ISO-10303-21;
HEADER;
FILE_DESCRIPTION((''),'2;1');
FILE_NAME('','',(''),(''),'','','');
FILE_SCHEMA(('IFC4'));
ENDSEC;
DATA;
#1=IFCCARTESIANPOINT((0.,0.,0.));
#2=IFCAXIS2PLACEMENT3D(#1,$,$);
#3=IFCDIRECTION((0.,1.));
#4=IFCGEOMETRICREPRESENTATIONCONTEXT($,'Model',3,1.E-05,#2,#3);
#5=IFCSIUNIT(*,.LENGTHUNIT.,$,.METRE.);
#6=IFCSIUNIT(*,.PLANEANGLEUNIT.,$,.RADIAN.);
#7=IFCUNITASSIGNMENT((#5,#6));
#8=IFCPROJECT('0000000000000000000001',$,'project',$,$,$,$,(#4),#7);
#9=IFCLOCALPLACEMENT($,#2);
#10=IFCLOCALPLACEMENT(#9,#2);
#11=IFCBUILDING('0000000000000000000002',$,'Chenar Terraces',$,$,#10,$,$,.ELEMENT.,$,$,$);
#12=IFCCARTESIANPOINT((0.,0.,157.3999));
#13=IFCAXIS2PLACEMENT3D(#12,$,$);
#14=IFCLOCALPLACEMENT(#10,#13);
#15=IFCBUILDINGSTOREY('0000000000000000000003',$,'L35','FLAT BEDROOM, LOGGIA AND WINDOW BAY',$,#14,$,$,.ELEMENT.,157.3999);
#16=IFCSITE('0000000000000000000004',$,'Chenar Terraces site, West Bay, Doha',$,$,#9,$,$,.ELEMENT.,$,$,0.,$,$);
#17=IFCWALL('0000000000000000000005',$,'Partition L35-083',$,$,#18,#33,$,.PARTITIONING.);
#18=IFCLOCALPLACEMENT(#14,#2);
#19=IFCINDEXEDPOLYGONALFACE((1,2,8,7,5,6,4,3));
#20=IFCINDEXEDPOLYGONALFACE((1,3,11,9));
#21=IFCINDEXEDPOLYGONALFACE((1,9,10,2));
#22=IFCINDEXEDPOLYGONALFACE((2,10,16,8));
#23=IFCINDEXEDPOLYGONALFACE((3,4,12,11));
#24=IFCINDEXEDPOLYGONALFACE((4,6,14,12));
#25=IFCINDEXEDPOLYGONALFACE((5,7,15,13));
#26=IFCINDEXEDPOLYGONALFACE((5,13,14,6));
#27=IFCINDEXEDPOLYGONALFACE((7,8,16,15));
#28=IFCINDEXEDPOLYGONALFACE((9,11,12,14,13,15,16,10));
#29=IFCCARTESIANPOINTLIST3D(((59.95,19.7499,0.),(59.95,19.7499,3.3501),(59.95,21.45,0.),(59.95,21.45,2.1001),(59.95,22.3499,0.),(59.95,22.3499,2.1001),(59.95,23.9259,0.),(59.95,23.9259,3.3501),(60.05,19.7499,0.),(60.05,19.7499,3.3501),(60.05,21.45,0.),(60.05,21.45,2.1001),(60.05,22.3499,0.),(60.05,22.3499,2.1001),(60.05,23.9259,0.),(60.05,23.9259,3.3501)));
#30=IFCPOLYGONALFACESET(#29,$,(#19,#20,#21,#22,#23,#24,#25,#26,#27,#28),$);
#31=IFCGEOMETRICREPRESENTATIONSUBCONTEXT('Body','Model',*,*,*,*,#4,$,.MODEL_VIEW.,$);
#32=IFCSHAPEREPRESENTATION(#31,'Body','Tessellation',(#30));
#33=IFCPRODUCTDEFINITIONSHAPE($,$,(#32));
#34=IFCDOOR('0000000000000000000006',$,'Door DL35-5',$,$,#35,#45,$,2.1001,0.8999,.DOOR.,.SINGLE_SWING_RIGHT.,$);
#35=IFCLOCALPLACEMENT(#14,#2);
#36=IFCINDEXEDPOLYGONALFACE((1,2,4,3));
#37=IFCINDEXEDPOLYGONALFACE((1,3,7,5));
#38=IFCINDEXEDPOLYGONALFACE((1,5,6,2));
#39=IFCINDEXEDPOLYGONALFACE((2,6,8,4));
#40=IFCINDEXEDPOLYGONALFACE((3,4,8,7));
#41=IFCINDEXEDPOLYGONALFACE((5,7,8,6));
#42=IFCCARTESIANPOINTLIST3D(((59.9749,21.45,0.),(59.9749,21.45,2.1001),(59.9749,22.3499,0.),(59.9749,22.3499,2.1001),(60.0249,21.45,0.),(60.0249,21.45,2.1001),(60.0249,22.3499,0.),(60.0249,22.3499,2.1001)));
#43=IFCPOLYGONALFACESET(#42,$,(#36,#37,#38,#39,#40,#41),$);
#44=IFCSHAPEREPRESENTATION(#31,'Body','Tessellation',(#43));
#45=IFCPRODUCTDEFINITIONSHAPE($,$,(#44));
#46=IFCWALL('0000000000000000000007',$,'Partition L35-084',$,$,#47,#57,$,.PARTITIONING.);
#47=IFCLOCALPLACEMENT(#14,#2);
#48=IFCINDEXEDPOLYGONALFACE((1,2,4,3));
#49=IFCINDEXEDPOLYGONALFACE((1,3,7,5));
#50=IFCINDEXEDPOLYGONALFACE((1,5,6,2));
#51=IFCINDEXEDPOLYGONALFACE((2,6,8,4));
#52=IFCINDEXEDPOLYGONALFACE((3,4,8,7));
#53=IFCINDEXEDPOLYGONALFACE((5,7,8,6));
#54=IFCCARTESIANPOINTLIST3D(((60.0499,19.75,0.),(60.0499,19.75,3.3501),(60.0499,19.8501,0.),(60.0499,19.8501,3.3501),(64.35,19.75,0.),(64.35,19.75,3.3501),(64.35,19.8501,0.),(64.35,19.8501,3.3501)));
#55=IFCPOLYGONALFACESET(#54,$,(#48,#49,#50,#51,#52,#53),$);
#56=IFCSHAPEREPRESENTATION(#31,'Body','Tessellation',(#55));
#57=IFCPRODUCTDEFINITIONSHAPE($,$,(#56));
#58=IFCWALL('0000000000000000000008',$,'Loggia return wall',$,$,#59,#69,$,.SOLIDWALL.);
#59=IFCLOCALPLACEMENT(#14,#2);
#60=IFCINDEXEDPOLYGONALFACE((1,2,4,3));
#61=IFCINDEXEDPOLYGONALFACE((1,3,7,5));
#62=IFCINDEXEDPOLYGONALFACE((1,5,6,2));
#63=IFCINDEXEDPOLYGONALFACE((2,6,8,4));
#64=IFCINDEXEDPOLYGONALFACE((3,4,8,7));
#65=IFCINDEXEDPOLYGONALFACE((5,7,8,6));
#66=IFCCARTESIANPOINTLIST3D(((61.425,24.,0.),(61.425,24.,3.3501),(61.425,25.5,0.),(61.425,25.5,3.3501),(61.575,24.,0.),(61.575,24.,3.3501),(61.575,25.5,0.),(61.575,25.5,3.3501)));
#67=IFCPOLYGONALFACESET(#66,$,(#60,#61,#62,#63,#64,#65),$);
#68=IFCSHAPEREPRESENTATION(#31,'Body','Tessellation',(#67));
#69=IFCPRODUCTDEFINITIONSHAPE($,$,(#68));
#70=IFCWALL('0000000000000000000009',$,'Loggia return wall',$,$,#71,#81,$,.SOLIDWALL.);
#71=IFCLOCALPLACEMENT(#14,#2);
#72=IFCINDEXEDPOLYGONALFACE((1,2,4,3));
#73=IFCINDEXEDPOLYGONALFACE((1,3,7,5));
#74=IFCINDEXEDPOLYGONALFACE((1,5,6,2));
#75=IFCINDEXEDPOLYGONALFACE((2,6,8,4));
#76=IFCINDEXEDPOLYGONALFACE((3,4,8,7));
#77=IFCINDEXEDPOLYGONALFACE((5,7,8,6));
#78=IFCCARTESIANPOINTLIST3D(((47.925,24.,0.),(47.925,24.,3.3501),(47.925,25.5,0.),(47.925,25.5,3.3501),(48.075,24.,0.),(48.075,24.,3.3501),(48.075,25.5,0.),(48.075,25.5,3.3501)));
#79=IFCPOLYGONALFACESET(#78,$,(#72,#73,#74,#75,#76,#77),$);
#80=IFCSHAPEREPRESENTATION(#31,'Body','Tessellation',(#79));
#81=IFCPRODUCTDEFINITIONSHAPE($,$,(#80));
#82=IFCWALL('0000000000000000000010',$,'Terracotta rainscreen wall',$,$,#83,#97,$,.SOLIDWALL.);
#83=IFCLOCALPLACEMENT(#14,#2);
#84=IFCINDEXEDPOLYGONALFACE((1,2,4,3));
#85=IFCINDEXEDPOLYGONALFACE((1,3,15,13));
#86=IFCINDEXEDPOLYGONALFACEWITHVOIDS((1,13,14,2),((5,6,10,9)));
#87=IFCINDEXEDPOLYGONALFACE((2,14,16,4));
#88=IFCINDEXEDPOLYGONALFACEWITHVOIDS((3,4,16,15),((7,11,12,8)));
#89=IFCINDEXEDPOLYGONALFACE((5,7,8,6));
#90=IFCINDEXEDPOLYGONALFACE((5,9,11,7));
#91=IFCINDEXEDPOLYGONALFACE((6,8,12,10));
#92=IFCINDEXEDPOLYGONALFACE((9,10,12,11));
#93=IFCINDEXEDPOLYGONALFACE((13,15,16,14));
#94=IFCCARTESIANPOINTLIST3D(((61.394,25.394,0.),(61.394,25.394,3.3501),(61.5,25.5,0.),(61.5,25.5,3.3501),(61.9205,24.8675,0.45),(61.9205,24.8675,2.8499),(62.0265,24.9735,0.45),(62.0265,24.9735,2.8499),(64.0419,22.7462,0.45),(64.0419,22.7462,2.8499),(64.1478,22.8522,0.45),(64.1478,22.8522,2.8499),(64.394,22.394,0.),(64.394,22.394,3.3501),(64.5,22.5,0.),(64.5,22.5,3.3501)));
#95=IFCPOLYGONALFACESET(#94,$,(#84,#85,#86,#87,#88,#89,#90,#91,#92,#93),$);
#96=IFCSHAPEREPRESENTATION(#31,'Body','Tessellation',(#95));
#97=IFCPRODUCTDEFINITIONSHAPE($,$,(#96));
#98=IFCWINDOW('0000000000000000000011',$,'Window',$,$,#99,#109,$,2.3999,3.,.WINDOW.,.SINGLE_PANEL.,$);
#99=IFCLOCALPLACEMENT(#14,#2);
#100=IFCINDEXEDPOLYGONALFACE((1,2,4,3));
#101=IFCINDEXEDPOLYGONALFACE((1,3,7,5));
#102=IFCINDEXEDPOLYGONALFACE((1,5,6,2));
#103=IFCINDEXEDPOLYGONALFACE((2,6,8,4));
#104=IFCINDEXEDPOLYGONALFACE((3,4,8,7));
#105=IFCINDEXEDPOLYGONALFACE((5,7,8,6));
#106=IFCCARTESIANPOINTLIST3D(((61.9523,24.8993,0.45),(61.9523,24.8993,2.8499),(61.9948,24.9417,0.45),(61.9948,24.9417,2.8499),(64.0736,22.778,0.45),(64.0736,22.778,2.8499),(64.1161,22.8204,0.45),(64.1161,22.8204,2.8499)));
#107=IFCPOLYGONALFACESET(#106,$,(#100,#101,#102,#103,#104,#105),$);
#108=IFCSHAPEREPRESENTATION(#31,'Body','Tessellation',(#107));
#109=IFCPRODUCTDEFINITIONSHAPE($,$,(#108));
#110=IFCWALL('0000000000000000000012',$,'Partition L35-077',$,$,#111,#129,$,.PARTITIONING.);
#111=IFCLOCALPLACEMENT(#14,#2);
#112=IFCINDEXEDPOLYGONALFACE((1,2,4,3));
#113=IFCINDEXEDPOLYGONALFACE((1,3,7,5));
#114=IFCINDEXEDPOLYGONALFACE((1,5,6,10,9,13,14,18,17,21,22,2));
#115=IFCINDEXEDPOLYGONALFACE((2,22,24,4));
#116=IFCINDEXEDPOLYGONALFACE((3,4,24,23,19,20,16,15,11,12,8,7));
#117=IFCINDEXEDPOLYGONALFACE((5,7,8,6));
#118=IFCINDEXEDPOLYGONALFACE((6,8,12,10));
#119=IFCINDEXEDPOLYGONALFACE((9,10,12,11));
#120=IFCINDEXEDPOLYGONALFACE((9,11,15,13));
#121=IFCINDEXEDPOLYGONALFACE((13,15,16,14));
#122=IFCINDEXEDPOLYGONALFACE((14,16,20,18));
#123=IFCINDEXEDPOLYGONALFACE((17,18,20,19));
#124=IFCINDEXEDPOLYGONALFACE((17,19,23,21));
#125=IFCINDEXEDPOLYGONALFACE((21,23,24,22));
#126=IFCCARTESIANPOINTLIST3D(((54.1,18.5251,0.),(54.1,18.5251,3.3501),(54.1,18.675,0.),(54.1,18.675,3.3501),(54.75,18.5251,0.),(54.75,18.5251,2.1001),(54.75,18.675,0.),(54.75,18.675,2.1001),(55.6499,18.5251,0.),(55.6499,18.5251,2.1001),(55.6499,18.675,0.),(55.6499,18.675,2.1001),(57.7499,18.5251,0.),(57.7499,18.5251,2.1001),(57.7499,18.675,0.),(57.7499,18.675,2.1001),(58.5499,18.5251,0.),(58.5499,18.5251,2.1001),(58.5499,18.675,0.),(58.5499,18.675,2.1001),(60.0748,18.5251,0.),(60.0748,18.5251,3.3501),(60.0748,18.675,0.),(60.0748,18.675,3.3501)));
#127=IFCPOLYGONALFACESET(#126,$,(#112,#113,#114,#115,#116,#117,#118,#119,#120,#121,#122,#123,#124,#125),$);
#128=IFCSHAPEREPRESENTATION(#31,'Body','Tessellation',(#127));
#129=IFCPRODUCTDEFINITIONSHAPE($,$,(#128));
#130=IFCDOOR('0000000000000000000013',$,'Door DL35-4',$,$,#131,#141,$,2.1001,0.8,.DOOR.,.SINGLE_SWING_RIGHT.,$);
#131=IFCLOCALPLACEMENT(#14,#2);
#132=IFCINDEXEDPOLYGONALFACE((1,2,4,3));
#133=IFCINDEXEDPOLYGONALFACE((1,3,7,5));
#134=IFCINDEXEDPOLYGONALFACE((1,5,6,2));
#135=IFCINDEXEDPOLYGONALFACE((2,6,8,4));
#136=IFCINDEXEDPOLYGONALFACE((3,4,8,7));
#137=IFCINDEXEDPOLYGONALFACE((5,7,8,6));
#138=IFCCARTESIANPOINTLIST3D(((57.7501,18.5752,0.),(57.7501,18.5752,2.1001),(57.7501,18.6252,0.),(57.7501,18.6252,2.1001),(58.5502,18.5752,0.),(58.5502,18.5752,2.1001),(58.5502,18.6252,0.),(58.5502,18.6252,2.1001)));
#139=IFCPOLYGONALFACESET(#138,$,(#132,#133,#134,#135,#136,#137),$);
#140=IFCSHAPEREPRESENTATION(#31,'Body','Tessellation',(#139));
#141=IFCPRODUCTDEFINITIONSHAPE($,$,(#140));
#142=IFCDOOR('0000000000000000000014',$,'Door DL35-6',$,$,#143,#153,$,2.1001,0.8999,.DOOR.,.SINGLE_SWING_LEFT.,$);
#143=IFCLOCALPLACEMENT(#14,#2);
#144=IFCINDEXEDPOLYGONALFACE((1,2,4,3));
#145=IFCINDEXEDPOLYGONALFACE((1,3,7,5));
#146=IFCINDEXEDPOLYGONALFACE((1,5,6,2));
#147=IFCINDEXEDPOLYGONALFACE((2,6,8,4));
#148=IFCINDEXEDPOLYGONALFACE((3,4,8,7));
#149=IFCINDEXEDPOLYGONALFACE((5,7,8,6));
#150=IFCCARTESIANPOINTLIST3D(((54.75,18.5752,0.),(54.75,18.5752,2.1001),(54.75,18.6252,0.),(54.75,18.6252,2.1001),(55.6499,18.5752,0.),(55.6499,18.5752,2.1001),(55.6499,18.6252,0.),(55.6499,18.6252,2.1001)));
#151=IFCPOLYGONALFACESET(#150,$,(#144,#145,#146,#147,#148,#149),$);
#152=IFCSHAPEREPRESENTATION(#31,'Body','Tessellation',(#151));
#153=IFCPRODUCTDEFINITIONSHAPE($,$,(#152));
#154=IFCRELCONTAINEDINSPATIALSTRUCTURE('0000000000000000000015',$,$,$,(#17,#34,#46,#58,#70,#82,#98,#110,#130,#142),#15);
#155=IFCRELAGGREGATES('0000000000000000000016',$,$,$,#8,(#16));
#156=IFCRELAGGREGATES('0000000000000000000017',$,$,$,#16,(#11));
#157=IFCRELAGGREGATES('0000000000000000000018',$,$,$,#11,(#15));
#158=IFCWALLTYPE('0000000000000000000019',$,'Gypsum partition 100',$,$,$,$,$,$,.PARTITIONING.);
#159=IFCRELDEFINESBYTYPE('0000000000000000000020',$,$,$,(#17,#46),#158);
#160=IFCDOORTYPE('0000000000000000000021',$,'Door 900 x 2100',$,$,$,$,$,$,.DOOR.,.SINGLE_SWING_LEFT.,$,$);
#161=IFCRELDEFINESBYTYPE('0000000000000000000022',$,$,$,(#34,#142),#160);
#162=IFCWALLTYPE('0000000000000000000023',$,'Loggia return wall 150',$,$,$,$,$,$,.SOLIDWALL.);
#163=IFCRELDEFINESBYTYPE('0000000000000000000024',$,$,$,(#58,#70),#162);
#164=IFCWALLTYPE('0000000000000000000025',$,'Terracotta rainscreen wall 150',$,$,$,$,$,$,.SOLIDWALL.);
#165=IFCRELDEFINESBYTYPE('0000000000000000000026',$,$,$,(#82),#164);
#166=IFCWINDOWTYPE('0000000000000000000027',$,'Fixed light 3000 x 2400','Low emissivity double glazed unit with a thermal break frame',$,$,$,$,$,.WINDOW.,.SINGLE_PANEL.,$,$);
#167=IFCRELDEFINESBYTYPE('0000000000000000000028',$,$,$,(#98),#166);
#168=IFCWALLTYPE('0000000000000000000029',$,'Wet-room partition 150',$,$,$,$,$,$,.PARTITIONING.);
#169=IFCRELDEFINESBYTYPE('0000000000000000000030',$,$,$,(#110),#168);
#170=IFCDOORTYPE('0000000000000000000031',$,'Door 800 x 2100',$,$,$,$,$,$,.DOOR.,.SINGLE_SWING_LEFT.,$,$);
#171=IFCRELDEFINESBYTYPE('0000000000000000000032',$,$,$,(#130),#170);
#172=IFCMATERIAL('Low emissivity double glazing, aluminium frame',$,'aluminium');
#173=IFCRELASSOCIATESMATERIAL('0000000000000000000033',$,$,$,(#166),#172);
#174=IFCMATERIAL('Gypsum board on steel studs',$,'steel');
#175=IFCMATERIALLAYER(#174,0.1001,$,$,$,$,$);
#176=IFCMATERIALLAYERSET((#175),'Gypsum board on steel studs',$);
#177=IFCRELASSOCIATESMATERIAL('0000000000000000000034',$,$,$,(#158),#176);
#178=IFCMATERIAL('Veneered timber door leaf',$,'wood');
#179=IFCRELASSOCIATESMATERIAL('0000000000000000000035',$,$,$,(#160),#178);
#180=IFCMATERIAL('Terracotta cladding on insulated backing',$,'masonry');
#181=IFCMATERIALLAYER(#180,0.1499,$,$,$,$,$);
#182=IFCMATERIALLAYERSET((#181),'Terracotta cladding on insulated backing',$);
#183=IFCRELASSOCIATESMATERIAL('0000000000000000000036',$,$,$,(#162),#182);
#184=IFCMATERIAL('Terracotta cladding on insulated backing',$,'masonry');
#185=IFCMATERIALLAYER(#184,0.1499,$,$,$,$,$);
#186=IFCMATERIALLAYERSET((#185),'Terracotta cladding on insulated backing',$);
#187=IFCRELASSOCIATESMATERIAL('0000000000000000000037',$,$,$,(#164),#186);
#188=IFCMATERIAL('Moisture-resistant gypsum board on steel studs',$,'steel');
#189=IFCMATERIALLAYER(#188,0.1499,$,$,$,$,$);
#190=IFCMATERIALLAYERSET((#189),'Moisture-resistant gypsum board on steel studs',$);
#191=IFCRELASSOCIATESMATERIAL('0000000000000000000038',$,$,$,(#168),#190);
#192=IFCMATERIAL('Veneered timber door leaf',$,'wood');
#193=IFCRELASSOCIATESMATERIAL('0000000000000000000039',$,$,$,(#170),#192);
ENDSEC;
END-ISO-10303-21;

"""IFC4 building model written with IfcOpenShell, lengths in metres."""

from ifc_helpers import new_model, si_unit, direction, frame, frame_2d, origin, place, context, subcontext, project, spatial, rectangle, extrude, material, layer, layer_set, type_object, element, fill, save


model = new_model("IFC4")

# Units and contexts
model_context = context("Model", 3, precision=1e-05, world=origin(), true_north=direction((0.0, 1.0)))
body_context = subcontext(model_context, "Body", "Model", "MODEL_VIEW")
ifc_project = project(units=[si_unit("LENGTHUNIT", "METRE"), si_unit("PLANEANGLEUNIT", "RADIAN")], contexts=[model_context])

# Site, building, storey
site_placement = place(None, origin())
site = spatial("IfcSite", under=ifc_project, at=site_placement, Name="Chenar Terraces site, West Bay, Doha", CompositionType="ELEMENT", RefElevation=0.0)
building_placement = place(site_placement, origin())
building = spatial("IfcBuilding", under=site, at=building_placement, Name="Chenar Terraces", CompositionType="ELEMENT")
storey_placement = place(building_placement, frame((0.0, 0.0, 157.3999)))
storey = spatial("IfcBuildingStorey", under=building, at=storey_placement, Name="L35", Description="FLAT BEDROOM, LOGGIA AND WINDOW BAY", CompositionType="ELEMENT", Elevation=157.3999)

# Shared definitions
ifc_material_1 = material(Name="Low emissivity double glazing, aluminium frame", Category="aluminium")
window_type_1 = type_object("IfcWindowType", Name="Fixed light 3000 x 2400", Description="Low emissivity double glazed unit with a thermal break frame", PartitioningType="SINGLE_PANEL", PredefinedType="WINDOW", material=ifc_material_1)

# Wall, opening, door
ifc_material_2 = material(Name="Gypsum board on steel studs", Category="steel")
ifc_layer_1 = layer(ifc_material_2, 0.1001)
ifc_layer_set_1 = layer_set([ifc_layer_1], Name="Gypsum board on steel studs")
wall_type_1 = type_object("IfcWallType", Name="Gypsum partition 100", PredefinedType="PARTITIONING", material=ifc_layer_set_1)
wall_1_placement = place(storey_placement, frame((60.0, 19.75, 0.0), z_axis=(0.0, 0.0, 1.0), x_axis=(0.0, 1.0, 0.0)))
wall_1 = element("IfcWall", 1, at=wall_1_placement, inside=storey, type_object=wall_type_1, Name="Partition L35-083", PredefinedType="PARTITIONING", context=body_context, shape_type="SweptSolid", body=[
    extrude(rectangle(XDim=4.176, YDim=0.1001, at=frame_2d((2.0879, 0.0))), origin(), (0.0, 0.0, 1.0), 3.3501),
])
opening_1_placement = place(wall_1_placement, frame((1.7, 0.0, 0.0)))
opening_1 = element("IfcOpeningElement", 2, at=opening_1_placement, cuts=wall_1, PredefinedType="OPENING", context=body_context, shape_type="SweptSolid", body=[
    extrude(rectangle(XDim=0.8999, YDim=2.1001, at=frame_2d((0.45, 1.05))), frame((0.0, 0.0601, 0.0), z_axis=(0.0, -1.0, 0.0), x_axis=(1.0, 0.0, 0.0)), (0.0, 0.0, 1.0), 0.1201),
])
ifc_material_3 = material(Name="Veneered timber door leaf", Category="wood")
door_type_1 = type_object("IfcDoorType", Name="Door 900 x 2100", OperationType="SINGLE_SWING_LEFT", PredefinedType="DOOR", material=ifc_material_3)
door_1_placement = place(opening_1_placement, frame((0.8999, 0.0, 0.0), z_axis=(0.0, 0.0, 1.0), x_axis=(-1.0, 0.0, 0.0)))
door_1 = element("IfcDoor", 3, at=door_1_placement, inside=storey, type_object=door_type_1, Name="Door DL35-5", OperationType="SINGLE_SWING_RIGHT", OverallHeight=2.1001, OverallWidth=0.8999, PredefinedType="DOOR", context=body_context, shape_type="SweptSolid", body=[
    extrude(rectangle(XDim=0.8999, YDim=2.1001, at=frame_2d((0.45, 1.05))), frame((0.0, 0.0249, 0.0), z_axis=(0.0, -1.0, 0.0), x_axis=(1.0, 0.0, 0.0)), (0.0, 0.0, 1.0), 0.05),
])
fill(opening_1, door_1)

# Walls
wall_2_placement = place(storey_placement, frame((60.05, 19.8, 0.0), z_axis=(0.0, 0.0, 1.0), x_axis=(1.0, 0.0, 0.0)))
element("IfcWall", 4, at=wall_2_placement, inside=storey, type_object=wall_type_1, Name="Partition L35-084", PredefinedType="PARTITIONING", context=body_context, shape_type="SweptSolid", body=[
    extrude(rectangle(XDim=4.3, YDim=0.1001, at=frame_2d((2.1499, 0.0))), origin(), (0.0, 0.0, 1.0), 3.3501),
])
ifc_material_4 = material(Name="Terracotta cladding on insulated backing", Category="masonry")
ifc_layer_2 = layer(ifc_material_4, 0.1499)
ifc_layer_set_2 = layer_set([ifc_layer_2], Name="Terracotta cladding on insulated backing")
wall_type_2 = type_object("IfcWallType", Name="Loggia return wall 150", PredefinedType="SOLIDWALL", material=ifc_layer_set_2)
for number, where, z_axis, x_axis, name in (
    (5, (61.5, 25.5, 0.0), (0.0, 0.0, 1.0), (0.0, -1.0, 0.0), "Loggia return wall"),
    (6, (48.0, 25.5, 0.0), (0.0, 0.0, 1.0), (0.0, -1.0, 0.0), "Loggia return wall"),
):
    element("IfcWall", number, at=place(storey_placement, frame(where, z_axis=z_axis, x_axis=x_axis)), inside=storey, type_object=wall_type_2, Name=name, PredefinedType="SOLIDWALL", context=body_context, shape_type="SweptSolid", body=[
        extrude(rectangle(XDim=1.5, YDim=0.1499, at=frame_2d((0.75, 0.0))), origin(), (0.0, 0.0, 1.0), 3.3501),
    ])

# Wall, opening, window
ifc_material_5 = material(Name="Terracotta cladding on insulated backing", Category="masonry")
ifc_layer_3 = layer(ifc_material_5, 0.1499)
ifc_layer_set_3 = layer_set([ifc_layer_3], Name="Terracotta cladding on insulated backing")
wall_type_3 = type_object("IfcWallType", Name="Terracotta rainscreen wall 150", PredefinedType="SOLIDWALL", material=ifc_layer_set_3)
wall_3_placement = place(storey_placement, frame((64.447, 22.447, 0.0), z_axis=(0.0, 0.0, 1.0), x_axis=(-0.707107, 0.707107, 0.0)))
wall_3 = element("IfcWall", 7, at=wall_3_placement, inside=storey, type_object=wall_type_3, Name="Terracotta rainscreen wall", PredefinedType="SOLIDWALL", context=body_context, shape_type="SweptSolid", body=[
    extrude(rectangle(XDim=4.2427, YDim=0.1499, at=frame_2d((2.1213, 0.0))), origin(), (0.0, 0.0, 1.0), 3.3501),
])
opening_2_placement = place(wall_3_placement, frame((0.498, 0.0, 0.45)))
opening_2 = element("IfcOpeningElement", 8, at=opening_2_placement, cuts=wall_3, PredefinedType="OPENING", context=body_context, shape_type="SweptSolid", body=[
    extrude(rectangle(XDim=3.0, YDim=2.3999, at=frame_2d((1.5, 1.2))), frame((0.0, 0.085, 0.0), z_axis=(0.0, -1.0, 0.0), x_axis=(1.0, 0.0, 0.0)), (0.0, 0.0, 1.0), 0.1699),
])
window_1_placement = place(opening_2_placement, origin())
window_1 = element("IfcWindow", 9, at=window_1_placement, inside=storey, type_object=window_type_1, Name="Window", OverallHeight=2.3999, OverallWidth=3.0, PartitioningType="SINGLE_PANEL", PredefinedType="WINDOW", context=body_context, shape_type="SweptSolid", body=[
    extrude(rectangle(XDim=3.0, YDim=2.3999, at=frame_2d((1.5, 1.2))), frame((0.0, 0.03, 0.0), z_axis=(0.0, -1.0, 0.0), x_axis=(1.0, 0.0, 0.0)), (0.0, 0.0, 1.0), 0.0601),
])
fill(opening_2, window_1)

# Wall, openings, doors
ifc_material_6 = material(Name="Moisture-resistant gypsum board on steel studs", Category="steel")
ifc_layer_4 = layer(ifc_material_6, 0.1499)
ifc_layer_set_4 = layer_set([ifc_layer_4], Name="Moisture-resistant gypsum board on steel studs")
wall_type_4 = type_object("IfcWallType", Name="Wet-room partition 150", PredefinedType="PARTITIONING", material=ifc_layer_set_4)
wall_4_placement = place(storey_placement, frame((54.1001, 18.6001, 0.0), z_axis=(0.0, 0.0, 1.0), x_axis=(1.0, 0.0, 0.0)))
wall_4 = element("IfcWall", 10, at=wall_4_placement, inside=storey, type_object=wall_type_4, Name="Partition L35-077", PredefinedType="PARTITIONING", context=body_context, shape_type="SweptSolid", body=[
    extrude(rectangle(XDim=5.9749, YDim=0.1499, at=frame_2d((2.9873, 0.0))), origin(), (0.0, 0.0, 1.0), 3.3501),
])
opening_3_placement = place(wall_4_placement, frame((3.6499, 0.0, 0.0)))
opening_3 = element("IfcOpeningElement", 11, at=opening_3_placement, cuts=wall_4, PredefinedType="OPENING", context=body_context, shape_type="SweptSolid", body=[
    extrude(rectangle(XDim=0.8, YDim=2.1001, at=frame_2d((0.3999, 1.05))), frame((0.0, 0.085, 0.0), z_axis=(0.0, -1.0, 0.0), x_axis=(1.0, 0.0, 0.0)), (0.0, 0.0, 1.0), 0.1699),
])
opening_4_placement = place(wall_4_placement, frame((0.6499, 0.0, 0.0)))
opening_4 = element("IfcOpeningElement", 12, at=opening_4_placement, cuts=wall_4, PredefinedType="OPENING", context=body_context, shape_type="SweptSolid", body=[
    extrude(rectangle(XDim=0.8999, YDim=2.1001, at=frame_2d((0.45, 1.05))), frame((0.0, 0.085, 0.0), z_axis=(0.0, -1.0, 0.0), x_axis=(1.0, 0.0, 0.0)), (0.0, 0.0, 1.0), 0.1699),
])
ifc_material_7 = material(Name="Veneered timber door leaf", Category="wood")
door_type_2 = type_object("IfcDoorType", Name="Door 800 x 2100", OperationType="SINGLE_SWING_LEFT", PredefinedType="DOOR", material=ifc_material_7)
door_2_placement = place(opening_3_placement, frame((0.8, 0.0, 0.0), z_axis=(0.0, 0.0, 1.0), x_axis=(-1.0, 0.0, 0.0)))
door_2 = element("IfcDoor", 13, at=door_2_placement, inside=storey, type_object=door_type_2, Name="Door DL35-4", OperationType="SINGLE_SWING_RIGHT", OverallHeight=2.1001, OverallWidth=0.8, PredefinedType="DOOR", context=body_context, shape_type="SweptSolid", body=[
    extrude(rectangle(XDim=0.8, YDim=2.1001, at=frame_2d((0.3999, 1.05))), frame((0.0, 0.0249, 0.0), z_axis=(0.0, -1.0, 0.0), x_axis=(1.0, 0.0, 0.0)), (0.0, 0.0, 1.0), 0.05),
])
fill(opening_3, door_2)
door_3_placement = place(opening_4_placement, frame((0.8999, 0.0, 0.0), z_axis=(0.0, 0.0, 1.0), x_axis=(-1.0, 0.0, 0.0)))
door_3 = element("IfcDoor", 14, at=door_3_placement, inside=storey, type_object=door_type_1, Name="Door DL35-6", OperationType="SINGLE_SWING_LEFT", OverallHeight=2.1001, OverallWidth=0.8999, PredefinedType="DOOR", context=body_context, shape_type="SweptSolid", body=[
    extrude(rectangle(XDim=0.8999, YDim=2.1001, at=frame_2d((0.45, 1.05))), frame((0.0, 0.0249, 0.0), z_axis=(0.0, -1.0, 0.0), x_axis=(1.0, 0.0, 0.0)), (0.0, 0.0, 1.0), 0.05),
])
fill(opening_4, door_3)

save(model, "model.ifc")
